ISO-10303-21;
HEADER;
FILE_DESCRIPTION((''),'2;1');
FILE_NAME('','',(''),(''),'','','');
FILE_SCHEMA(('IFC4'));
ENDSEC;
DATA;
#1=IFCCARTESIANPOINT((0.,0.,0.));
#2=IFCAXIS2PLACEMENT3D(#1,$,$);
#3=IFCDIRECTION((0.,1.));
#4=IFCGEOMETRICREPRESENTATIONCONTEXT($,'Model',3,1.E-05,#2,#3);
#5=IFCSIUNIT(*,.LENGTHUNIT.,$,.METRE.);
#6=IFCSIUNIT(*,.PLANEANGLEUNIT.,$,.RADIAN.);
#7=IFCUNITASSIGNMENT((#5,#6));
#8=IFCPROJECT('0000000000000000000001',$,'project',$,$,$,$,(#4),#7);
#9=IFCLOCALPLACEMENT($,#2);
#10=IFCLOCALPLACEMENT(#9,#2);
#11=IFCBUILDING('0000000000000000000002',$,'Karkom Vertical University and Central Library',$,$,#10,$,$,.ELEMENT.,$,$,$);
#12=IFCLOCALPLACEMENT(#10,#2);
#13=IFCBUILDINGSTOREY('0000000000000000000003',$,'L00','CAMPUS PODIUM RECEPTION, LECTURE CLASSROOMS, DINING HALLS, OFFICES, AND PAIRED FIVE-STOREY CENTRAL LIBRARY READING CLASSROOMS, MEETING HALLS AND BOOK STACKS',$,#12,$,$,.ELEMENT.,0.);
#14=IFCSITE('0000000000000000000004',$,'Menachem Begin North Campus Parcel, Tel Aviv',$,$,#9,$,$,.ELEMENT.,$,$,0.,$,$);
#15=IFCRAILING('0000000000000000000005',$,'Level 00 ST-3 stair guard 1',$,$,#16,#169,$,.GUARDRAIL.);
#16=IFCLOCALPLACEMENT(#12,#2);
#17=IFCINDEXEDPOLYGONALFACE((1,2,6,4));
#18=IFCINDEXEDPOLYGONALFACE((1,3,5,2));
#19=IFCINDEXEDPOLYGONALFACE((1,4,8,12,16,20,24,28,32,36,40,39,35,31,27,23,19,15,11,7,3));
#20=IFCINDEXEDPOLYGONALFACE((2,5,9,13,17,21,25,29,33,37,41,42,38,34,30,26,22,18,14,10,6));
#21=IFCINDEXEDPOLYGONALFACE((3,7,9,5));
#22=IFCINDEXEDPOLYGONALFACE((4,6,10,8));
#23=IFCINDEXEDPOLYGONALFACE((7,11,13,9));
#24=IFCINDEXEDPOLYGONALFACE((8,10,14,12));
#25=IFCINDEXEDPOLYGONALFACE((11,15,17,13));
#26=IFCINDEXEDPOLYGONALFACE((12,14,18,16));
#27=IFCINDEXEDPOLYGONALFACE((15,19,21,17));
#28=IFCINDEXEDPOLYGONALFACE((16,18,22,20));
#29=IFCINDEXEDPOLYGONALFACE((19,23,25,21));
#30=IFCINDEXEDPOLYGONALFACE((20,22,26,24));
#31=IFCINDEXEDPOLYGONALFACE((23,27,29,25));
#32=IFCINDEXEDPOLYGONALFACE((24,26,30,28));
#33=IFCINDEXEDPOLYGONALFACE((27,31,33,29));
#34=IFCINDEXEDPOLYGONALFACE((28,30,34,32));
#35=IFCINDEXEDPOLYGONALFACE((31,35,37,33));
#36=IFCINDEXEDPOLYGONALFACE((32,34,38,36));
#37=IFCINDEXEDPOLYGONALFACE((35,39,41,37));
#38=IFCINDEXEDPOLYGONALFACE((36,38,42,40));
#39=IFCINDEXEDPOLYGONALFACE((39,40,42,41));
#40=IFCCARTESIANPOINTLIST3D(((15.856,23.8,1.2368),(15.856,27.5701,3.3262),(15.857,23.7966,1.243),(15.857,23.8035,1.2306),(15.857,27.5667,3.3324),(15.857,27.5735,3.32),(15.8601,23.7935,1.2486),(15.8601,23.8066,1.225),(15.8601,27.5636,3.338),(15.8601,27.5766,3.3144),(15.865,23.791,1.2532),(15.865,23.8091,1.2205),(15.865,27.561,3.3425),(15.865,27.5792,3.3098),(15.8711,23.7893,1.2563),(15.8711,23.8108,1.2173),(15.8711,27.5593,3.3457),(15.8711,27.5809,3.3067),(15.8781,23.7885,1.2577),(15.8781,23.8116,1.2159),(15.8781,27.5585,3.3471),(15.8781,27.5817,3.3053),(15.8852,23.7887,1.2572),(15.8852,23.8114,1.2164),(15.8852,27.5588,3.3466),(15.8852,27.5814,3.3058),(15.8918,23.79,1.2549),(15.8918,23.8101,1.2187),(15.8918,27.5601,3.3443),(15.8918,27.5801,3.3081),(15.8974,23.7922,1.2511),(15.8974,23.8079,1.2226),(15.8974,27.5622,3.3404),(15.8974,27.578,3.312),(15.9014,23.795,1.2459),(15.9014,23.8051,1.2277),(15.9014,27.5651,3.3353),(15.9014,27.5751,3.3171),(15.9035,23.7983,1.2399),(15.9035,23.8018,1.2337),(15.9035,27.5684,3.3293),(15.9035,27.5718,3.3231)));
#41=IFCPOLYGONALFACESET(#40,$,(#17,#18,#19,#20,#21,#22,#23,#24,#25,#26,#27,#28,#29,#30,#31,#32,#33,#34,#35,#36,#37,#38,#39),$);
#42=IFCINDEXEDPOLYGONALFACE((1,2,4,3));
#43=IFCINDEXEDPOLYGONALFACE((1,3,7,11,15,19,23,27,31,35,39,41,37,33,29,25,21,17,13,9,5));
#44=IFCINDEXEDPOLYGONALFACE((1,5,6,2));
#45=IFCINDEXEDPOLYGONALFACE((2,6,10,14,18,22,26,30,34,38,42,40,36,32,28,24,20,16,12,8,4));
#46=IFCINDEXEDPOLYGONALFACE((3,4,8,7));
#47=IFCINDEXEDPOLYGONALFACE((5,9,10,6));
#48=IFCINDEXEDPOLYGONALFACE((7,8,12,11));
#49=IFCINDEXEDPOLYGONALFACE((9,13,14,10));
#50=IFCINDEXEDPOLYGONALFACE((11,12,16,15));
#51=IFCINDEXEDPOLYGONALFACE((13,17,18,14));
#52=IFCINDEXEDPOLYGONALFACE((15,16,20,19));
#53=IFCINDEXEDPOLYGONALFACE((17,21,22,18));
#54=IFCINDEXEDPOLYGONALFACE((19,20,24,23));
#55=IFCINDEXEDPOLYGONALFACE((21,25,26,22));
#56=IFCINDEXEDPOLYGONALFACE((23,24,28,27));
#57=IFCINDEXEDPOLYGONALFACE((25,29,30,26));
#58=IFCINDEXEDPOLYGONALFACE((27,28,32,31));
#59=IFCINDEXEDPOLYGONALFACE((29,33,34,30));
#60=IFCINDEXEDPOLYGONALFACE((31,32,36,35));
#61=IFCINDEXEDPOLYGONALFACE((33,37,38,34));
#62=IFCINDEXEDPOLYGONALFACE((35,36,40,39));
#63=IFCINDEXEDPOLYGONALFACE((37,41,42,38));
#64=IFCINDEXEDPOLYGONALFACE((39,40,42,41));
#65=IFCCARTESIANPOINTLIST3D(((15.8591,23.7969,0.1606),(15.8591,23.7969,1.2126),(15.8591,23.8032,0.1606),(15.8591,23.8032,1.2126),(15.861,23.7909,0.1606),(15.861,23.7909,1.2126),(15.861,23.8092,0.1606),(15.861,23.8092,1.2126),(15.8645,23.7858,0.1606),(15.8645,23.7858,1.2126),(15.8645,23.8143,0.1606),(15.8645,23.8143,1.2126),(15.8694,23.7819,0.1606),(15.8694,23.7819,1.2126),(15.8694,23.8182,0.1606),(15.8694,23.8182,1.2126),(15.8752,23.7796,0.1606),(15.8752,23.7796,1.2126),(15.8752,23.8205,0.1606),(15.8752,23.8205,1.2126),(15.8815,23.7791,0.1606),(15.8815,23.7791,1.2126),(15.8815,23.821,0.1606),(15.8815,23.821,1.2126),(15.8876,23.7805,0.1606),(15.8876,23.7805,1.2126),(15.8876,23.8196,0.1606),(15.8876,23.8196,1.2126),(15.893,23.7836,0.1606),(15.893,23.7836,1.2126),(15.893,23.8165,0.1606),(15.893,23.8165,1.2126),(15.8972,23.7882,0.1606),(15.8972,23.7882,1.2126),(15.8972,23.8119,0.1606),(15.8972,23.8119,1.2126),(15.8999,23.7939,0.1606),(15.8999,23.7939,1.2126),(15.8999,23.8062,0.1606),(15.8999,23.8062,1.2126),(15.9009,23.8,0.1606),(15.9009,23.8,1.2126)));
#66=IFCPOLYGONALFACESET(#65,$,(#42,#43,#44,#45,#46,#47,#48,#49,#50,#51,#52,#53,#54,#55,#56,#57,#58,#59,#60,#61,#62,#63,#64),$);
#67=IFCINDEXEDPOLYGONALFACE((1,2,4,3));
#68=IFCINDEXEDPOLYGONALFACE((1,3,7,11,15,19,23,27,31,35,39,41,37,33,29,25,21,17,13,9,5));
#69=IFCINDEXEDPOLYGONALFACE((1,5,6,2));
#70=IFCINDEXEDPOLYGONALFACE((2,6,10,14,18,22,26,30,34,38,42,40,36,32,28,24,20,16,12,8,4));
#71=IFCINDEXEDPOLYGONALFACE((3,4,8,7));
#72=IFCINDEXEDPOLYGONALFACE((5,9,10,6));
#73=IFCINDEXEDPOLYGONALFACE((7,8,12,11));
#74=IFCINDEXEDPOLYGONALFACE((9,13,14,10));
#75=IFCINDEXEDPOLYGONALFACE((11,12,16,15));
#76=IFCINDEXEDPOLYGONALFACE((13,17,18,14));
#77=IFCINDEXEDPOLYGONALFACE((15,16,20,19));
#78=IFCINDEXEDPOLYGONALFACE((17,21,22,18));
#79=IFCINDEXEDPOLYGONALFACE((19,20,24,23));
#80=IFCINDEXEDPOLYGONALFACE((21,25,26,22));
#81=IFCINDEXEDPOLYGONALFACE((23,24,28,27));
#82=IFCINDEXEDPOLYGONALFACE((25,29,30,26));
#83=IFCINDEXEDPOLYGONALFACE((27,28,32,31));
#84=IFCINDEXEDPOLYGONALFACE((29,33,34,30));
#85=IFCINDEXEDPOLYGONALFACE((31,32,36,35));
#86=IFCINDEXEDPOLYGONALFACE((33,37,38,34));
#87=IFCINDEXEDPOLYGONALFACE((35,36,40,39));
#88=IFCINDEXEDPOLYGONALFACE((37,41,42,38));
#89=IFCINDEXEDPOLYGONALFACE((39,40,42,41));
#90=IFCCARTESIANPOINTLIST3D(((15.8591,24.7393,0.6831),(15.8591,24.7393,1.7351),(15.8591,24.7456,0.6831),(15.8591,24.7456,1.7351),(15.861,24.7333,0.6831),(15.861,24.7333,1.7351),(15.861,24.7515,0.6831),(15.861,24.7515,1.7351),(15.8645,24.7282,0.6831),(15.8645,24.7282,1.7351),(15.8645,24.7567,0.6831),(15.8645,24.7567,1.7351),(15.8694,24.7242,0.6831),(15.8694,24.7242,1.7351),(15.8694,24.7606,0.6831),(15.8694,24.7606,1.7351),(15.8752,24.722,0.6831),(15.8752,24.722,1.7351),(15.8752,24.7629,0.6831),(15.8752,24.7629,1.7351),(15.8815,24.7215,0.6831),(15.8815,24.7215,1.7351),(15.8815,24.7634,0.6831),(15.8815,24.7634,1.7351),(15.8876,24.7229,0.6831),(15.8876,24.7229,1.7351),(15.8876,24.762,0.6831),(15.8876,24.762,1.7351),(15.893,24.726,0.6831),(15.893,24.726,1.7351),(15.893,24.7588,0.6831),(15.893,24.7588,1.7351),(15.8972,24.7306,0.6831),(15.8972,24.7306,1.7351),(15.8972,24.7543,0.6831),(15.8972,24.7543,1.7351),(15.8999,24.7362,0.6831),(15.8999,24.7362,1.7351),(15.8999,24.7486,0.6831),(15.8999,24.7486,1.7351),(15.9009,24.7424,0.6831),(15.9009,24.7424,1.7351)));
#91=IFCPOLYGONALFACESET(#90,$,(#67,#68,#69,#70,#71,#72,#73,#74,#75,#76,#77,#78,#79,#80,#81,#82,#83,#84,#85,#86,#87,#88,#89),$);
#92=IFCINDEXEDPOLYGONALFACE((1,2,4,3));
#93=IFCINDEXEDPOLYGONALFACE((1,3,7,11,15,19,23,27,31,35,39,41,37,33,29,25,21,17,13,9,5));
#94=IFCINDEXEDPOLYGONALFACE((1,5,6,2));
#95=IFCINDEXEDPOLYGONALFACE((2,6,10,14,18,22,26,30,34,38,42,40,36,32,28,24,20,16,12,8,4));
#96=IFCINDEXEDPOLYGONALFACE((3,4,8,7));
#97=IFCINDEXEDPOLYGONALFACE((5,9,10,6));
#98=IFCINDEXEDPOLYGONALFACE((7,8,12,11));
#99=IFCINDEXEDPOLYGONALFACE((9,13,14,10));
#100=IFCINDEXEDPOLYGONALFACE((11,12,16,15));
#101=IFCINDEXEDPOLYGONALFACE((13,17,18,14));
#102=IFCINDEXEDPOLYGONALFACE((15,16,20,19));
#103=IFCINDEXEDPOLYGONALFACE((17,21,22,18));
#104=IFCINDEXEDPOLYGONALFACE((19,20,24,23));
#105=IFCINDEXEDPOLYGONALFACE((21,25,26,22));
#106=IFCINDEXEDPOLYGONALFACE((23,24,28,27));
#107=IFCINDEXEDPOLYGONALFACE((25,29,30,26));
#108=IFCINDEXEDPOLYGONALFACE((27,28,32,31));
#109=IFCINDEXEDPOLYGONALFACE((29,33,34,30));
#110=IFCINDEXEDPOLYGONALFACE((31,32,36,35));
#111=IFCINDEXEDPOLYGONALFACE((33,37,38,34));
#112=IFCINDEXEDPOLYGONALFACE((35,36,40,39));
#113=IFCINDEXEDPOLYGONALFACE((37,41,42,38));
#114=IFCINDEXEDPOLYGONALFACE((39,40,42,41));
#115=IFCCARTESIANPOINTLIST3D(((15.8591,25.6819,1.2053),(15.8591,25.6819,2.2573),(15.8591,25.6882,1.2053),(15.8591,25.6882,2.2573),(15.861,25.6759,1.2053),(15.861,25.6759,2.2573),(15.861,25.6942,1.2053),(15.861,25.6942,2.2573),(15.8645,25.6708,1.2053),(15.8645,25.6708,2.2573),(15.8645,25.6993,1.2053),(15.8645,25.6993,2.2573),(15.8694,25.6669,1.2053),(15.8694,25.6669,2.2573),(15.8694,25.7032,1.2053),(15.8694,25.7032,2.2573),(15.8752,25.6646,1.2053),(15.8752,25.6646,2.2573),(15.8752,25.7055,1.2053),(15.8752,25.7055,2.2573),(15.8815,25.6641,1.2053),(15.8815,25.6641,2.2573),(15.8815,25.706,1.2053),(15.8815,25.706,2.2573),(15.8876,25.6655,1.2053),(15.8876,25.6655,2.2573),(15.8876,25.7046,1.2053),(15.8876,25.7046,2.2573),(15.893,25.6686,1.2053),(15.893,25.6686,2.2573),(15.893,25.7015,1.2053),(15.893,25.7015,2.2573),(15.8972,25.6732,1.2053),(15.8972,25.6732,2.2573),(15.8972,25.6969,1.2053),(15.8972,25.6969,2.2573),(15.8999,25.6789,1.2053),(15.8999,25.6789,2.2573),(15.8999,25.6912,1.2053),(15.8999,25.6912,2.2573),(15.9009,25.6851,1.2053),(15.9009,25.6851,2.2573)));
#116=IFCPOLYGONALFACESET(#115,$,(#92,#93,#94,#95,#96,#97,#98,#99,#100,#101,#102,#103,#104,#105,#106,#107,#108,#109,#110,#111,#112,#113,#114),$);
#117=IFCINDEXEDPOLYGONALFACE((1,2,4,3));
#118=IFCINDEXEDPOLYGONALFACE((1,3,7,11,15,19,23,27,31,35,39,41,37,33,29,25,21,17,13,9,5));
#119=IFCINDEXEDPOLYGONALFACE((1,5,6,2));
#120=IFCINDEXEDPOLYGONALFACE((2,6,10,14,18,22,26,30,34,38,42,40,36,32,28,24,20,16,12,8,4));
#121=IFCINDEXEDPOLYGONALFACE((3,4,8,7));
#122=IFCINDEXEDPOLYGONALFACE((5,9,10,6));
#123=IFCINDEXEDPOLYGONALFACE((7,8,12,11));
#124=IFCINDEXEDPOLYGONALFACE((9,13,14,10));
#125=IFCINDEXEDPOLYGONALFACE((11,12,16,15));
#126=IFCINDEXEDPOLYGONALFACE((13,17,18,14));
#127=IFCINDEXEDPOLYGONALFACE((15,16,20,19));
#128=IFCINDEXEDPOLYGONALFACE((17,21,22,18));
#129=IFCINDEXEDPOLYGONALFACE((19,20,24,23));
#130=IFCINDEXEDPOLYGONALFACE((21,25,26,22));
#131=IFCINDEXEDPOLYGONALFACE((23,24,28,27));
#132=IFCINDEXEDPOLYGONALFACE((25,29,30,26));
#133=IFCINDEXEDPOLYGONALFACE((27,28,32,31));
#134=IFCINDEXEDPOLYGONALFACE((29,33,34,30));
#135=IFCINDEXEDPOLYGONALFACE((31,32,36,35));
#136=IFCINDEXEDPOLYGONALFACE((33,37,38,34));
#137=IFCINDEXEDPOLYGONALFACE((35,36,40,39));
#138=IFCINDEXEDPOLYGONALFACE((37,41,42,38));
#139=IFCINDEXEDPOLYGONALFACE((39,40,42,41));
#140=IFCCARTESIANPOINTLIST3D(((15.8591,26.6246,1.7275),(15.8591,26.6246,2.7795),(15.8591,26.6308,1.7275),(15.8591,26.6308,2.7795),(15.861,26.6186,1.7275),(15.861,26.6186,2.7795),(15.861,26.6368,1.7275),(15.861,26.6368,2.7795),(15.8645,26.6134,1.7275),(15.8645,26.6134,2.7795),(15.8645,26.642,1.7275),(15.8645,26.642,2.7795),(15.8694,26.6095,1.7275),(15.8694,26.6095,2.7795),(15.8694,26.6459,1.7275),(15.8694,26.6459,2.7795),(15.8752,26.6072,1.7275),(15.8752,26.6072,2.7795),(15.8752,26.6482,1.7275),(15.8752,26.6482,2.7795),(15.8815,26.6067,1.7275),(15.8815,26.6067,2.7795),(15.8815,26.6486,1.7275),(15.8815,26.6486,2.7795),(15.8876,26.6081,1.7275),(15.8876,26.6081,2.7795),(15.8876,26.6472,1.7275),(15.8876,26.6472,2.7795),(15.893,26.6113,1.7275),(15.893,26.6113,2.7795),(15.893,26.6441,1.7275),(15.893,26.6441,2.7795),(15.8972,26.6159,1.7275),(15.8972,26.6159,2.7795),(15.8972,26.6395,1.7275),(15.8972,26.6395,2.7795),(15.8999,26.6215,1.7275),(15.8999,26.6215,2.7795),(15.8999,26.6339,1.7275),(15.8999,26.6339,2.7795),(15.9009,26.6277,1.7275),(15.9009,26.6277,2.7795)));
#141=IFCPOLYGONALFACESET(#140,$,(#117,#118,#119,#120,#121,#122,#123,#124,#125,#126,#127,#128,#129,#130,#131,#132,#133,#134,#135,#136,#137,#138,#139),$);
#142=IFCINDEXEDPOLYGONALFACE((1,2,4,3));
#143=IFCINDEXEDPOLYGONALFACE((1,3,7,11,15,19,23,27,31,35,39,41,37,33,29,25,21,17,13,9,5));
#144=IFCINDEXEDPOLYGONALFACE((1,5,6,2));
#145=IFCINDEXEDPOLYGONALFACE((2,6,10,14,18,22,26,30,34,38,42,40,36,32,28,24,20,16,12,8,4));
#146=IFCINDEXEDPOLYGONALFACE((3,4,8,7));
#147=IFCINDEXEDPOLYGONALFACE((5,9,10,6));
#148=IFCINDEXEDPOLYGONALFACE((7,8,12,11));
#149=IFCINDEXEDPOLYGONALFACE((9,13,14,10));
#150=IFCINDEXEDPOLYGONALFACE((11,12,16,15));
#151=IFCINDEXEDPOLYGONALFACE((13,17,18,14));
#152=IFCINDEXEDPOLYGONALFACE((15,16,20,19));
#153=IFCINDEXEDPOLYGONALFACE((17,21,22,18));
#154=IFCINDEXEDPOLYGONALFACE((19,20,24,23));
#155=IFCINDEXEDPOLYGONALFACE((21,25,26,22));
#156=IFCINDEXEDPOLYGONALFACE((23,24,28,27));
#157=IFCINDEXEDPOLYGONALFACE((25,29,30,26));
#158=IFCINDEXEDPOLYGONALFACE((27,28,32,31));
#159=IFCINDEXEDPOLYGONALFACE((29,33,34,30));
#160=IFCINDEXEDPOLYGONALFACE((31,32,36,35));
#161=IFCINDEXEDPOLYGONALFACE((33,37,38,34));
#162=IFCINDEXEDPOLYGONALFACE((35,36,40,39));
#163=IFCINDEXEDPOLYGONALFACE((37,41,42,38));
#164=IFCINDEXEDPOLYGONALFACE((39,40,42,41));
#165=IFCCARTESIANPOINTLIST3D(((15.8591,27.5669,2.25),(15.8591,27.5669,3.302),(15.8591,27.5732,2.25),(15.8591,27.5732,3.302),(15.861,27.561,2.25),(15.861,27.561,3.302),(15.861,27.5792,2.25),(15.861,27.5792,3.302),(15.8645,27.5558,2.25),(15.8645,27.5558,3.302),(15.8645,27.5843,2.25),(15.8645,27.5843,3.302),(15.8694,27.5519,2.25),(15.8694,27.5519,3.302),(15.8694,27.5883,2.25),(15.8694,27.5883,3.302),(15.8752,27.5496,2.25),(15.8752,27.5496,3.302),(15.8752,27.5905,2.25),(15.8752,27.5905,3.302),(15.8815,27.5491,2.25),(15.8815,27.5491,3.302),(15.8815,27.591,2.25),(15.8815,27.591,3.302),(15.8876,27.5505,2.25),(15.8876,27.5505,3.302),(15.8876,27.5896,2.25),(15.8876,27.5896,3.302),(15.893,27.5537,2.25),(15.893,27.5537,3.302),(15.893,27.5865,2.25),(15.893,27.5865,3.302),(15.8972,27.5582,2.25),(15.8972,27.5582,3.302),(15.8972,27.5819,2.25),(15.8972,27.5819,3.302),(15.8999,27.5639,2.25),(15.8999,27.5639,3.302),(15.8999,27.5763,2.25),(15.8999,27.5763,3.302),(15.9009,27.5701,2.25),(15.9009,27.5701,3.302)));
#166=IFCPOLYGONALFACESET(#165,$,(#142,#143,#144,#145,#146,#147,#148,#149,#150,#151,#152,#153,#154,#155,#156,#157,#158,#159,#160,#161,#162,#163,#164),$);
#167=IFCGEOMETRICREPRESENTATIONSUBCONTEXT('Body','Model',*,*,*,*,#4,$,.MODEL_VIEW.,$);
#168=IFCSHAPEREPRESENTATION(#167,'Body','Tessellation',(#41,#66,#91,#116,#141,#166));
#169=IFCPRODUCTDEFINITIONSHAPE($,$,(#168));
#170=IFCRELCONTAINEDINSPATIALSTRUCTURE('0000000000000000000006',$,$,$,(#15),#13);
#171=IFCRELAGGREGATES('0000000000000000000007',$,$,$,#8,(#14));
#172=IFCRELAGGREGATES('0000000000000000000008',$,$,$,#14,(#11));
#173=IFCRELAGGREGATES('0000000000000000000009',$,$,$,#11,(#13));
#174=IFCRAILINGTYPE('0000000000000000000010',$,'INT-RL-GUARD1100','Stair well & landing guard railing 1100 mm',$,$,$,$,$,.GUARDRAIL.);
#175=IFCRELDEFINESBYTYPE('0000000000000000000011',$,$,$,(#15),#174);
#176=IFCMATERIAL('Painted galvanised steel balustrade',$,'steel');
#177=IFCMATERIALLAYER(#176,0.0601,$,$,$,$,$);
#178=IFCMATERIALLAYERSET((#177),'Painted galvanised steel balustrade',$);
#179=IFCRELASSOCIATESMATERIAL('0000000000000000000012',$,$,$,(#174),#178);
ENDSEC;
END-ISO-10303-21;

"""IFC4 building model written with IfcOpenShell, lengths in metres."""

from ifc_helpers import new_model, si_unit, direction, frame, origin, origin_2d, place, context, subcontext, project, spatial, circle, extrude, material, layer, layer_set, type_object, element, save


model = new_model("IFC4")

# Units and contexts
model_context = context("Model", 3, precision=1e-05, world=origin(), true_north=direction((0.0, 1.0)))
body_context = subcontext(model_context, "Body", "Model", "MODEL_VIEW")
ifc_project = project(units=[si_unit("LENGTHUNIT", "METRE"), si_unit("PLANEANGLEUNIT", "RADIAN")], contexts=[model_context])

# Site, building, storey
site_placement = place(None, origin())
site = spatial("IfcSite", under=ifc_project, at=site_placement, Name="Menachem Begin North Campus Parcel, Tel Aviv", CompositionType="ELEMENT", RefElevation=0.0)
building_placement = place(site_placement, origin())
building = spatial("IfcBuilding", under=site, at=building_placement, Name="Karkom Vertical University and Central Library", CompositionType="ELEMENT")
storey_placement = place(building_placement, origin())
storey = spatial("IfcBuildingStorey", under=building, at=storey_placement, Name="L00", Description="CAMPUS PODIUM RECEPTION, LECTURE CLASSROOMS, DINING HALLS, OFFICES, AND PAIRED FIVE-STOREY CENTRAL LIBRARY READING CLASSROOMS, MEETING HALLS AND BOOK STACKS", CompositionType="ELEMENT", Elevation=0.0)

# Railing
ifc_material_1 = material(Name="Painted galvanised steel balustrade", Category="steel")
ifc_layer_1 = layer(ifc_material_1, 0.0601)
ifc_layer_set_1 = layer_set([ifc_layer_1], Name="Painted galvanised steel balustrade")
railing_type_1 = type_object("IfcRailingType", Name="INT-RL-GUARD1100", Description="Stair well & landing guard railing 1100 mm", PredefinedType="GUARDRAIL", material=ifc_layer_set_1)
railing_1_placement = place(storey_placement, frame((15.8799, 23.8, 0.1606)))
element("IfcRailing", 1, at=railing_1_placement, inside=storey, type_object=railing_type_1, Name="Level 00 ST-3 stair guard 1", PredefinedType="GUARDRAIL", context=body_context, shape_type="SweptSolid", body=[
    extrude(circle(Radius=0.0239, at=origin_2d()), frame((0.0, 0.0, 1.0762), z_axis=(0.0, 0.874659, 0.484739), x_axis=(-1.0, 0.0, 0.0)), (0.0, 0.0, 1.0), 4.3103),
    extrude(circle(Radius=0.021, at=origin_2d()), origin(), (0.0, 0.0, 1.0), 1.052),
    extrude(circle(Radius=0.021, at=origin_2d()), frame((0.0, 0.9424, 0.5225)), (0.0, 0.0, 1.0), 1.052),
    extrude(circle(Radius=0.021, at=origin_2d()), frame((0.0, 1.885, 1.0447)), (0.0, 0.0, 1.0), 1.052),
    extrude(circle(Radius=0.021, at=origin_2d()), frame((0.0, 2.8276, 1.5669)), (0.0, 0.0, 1.0), 1.052),
    extrude(circle(Radius=0.021, at=origin_2d()), frame((0.0, 3.77, 2.0894)), (0.0, 0.0, 1.0), 1.052),
])

save(model, "model.ifc")
